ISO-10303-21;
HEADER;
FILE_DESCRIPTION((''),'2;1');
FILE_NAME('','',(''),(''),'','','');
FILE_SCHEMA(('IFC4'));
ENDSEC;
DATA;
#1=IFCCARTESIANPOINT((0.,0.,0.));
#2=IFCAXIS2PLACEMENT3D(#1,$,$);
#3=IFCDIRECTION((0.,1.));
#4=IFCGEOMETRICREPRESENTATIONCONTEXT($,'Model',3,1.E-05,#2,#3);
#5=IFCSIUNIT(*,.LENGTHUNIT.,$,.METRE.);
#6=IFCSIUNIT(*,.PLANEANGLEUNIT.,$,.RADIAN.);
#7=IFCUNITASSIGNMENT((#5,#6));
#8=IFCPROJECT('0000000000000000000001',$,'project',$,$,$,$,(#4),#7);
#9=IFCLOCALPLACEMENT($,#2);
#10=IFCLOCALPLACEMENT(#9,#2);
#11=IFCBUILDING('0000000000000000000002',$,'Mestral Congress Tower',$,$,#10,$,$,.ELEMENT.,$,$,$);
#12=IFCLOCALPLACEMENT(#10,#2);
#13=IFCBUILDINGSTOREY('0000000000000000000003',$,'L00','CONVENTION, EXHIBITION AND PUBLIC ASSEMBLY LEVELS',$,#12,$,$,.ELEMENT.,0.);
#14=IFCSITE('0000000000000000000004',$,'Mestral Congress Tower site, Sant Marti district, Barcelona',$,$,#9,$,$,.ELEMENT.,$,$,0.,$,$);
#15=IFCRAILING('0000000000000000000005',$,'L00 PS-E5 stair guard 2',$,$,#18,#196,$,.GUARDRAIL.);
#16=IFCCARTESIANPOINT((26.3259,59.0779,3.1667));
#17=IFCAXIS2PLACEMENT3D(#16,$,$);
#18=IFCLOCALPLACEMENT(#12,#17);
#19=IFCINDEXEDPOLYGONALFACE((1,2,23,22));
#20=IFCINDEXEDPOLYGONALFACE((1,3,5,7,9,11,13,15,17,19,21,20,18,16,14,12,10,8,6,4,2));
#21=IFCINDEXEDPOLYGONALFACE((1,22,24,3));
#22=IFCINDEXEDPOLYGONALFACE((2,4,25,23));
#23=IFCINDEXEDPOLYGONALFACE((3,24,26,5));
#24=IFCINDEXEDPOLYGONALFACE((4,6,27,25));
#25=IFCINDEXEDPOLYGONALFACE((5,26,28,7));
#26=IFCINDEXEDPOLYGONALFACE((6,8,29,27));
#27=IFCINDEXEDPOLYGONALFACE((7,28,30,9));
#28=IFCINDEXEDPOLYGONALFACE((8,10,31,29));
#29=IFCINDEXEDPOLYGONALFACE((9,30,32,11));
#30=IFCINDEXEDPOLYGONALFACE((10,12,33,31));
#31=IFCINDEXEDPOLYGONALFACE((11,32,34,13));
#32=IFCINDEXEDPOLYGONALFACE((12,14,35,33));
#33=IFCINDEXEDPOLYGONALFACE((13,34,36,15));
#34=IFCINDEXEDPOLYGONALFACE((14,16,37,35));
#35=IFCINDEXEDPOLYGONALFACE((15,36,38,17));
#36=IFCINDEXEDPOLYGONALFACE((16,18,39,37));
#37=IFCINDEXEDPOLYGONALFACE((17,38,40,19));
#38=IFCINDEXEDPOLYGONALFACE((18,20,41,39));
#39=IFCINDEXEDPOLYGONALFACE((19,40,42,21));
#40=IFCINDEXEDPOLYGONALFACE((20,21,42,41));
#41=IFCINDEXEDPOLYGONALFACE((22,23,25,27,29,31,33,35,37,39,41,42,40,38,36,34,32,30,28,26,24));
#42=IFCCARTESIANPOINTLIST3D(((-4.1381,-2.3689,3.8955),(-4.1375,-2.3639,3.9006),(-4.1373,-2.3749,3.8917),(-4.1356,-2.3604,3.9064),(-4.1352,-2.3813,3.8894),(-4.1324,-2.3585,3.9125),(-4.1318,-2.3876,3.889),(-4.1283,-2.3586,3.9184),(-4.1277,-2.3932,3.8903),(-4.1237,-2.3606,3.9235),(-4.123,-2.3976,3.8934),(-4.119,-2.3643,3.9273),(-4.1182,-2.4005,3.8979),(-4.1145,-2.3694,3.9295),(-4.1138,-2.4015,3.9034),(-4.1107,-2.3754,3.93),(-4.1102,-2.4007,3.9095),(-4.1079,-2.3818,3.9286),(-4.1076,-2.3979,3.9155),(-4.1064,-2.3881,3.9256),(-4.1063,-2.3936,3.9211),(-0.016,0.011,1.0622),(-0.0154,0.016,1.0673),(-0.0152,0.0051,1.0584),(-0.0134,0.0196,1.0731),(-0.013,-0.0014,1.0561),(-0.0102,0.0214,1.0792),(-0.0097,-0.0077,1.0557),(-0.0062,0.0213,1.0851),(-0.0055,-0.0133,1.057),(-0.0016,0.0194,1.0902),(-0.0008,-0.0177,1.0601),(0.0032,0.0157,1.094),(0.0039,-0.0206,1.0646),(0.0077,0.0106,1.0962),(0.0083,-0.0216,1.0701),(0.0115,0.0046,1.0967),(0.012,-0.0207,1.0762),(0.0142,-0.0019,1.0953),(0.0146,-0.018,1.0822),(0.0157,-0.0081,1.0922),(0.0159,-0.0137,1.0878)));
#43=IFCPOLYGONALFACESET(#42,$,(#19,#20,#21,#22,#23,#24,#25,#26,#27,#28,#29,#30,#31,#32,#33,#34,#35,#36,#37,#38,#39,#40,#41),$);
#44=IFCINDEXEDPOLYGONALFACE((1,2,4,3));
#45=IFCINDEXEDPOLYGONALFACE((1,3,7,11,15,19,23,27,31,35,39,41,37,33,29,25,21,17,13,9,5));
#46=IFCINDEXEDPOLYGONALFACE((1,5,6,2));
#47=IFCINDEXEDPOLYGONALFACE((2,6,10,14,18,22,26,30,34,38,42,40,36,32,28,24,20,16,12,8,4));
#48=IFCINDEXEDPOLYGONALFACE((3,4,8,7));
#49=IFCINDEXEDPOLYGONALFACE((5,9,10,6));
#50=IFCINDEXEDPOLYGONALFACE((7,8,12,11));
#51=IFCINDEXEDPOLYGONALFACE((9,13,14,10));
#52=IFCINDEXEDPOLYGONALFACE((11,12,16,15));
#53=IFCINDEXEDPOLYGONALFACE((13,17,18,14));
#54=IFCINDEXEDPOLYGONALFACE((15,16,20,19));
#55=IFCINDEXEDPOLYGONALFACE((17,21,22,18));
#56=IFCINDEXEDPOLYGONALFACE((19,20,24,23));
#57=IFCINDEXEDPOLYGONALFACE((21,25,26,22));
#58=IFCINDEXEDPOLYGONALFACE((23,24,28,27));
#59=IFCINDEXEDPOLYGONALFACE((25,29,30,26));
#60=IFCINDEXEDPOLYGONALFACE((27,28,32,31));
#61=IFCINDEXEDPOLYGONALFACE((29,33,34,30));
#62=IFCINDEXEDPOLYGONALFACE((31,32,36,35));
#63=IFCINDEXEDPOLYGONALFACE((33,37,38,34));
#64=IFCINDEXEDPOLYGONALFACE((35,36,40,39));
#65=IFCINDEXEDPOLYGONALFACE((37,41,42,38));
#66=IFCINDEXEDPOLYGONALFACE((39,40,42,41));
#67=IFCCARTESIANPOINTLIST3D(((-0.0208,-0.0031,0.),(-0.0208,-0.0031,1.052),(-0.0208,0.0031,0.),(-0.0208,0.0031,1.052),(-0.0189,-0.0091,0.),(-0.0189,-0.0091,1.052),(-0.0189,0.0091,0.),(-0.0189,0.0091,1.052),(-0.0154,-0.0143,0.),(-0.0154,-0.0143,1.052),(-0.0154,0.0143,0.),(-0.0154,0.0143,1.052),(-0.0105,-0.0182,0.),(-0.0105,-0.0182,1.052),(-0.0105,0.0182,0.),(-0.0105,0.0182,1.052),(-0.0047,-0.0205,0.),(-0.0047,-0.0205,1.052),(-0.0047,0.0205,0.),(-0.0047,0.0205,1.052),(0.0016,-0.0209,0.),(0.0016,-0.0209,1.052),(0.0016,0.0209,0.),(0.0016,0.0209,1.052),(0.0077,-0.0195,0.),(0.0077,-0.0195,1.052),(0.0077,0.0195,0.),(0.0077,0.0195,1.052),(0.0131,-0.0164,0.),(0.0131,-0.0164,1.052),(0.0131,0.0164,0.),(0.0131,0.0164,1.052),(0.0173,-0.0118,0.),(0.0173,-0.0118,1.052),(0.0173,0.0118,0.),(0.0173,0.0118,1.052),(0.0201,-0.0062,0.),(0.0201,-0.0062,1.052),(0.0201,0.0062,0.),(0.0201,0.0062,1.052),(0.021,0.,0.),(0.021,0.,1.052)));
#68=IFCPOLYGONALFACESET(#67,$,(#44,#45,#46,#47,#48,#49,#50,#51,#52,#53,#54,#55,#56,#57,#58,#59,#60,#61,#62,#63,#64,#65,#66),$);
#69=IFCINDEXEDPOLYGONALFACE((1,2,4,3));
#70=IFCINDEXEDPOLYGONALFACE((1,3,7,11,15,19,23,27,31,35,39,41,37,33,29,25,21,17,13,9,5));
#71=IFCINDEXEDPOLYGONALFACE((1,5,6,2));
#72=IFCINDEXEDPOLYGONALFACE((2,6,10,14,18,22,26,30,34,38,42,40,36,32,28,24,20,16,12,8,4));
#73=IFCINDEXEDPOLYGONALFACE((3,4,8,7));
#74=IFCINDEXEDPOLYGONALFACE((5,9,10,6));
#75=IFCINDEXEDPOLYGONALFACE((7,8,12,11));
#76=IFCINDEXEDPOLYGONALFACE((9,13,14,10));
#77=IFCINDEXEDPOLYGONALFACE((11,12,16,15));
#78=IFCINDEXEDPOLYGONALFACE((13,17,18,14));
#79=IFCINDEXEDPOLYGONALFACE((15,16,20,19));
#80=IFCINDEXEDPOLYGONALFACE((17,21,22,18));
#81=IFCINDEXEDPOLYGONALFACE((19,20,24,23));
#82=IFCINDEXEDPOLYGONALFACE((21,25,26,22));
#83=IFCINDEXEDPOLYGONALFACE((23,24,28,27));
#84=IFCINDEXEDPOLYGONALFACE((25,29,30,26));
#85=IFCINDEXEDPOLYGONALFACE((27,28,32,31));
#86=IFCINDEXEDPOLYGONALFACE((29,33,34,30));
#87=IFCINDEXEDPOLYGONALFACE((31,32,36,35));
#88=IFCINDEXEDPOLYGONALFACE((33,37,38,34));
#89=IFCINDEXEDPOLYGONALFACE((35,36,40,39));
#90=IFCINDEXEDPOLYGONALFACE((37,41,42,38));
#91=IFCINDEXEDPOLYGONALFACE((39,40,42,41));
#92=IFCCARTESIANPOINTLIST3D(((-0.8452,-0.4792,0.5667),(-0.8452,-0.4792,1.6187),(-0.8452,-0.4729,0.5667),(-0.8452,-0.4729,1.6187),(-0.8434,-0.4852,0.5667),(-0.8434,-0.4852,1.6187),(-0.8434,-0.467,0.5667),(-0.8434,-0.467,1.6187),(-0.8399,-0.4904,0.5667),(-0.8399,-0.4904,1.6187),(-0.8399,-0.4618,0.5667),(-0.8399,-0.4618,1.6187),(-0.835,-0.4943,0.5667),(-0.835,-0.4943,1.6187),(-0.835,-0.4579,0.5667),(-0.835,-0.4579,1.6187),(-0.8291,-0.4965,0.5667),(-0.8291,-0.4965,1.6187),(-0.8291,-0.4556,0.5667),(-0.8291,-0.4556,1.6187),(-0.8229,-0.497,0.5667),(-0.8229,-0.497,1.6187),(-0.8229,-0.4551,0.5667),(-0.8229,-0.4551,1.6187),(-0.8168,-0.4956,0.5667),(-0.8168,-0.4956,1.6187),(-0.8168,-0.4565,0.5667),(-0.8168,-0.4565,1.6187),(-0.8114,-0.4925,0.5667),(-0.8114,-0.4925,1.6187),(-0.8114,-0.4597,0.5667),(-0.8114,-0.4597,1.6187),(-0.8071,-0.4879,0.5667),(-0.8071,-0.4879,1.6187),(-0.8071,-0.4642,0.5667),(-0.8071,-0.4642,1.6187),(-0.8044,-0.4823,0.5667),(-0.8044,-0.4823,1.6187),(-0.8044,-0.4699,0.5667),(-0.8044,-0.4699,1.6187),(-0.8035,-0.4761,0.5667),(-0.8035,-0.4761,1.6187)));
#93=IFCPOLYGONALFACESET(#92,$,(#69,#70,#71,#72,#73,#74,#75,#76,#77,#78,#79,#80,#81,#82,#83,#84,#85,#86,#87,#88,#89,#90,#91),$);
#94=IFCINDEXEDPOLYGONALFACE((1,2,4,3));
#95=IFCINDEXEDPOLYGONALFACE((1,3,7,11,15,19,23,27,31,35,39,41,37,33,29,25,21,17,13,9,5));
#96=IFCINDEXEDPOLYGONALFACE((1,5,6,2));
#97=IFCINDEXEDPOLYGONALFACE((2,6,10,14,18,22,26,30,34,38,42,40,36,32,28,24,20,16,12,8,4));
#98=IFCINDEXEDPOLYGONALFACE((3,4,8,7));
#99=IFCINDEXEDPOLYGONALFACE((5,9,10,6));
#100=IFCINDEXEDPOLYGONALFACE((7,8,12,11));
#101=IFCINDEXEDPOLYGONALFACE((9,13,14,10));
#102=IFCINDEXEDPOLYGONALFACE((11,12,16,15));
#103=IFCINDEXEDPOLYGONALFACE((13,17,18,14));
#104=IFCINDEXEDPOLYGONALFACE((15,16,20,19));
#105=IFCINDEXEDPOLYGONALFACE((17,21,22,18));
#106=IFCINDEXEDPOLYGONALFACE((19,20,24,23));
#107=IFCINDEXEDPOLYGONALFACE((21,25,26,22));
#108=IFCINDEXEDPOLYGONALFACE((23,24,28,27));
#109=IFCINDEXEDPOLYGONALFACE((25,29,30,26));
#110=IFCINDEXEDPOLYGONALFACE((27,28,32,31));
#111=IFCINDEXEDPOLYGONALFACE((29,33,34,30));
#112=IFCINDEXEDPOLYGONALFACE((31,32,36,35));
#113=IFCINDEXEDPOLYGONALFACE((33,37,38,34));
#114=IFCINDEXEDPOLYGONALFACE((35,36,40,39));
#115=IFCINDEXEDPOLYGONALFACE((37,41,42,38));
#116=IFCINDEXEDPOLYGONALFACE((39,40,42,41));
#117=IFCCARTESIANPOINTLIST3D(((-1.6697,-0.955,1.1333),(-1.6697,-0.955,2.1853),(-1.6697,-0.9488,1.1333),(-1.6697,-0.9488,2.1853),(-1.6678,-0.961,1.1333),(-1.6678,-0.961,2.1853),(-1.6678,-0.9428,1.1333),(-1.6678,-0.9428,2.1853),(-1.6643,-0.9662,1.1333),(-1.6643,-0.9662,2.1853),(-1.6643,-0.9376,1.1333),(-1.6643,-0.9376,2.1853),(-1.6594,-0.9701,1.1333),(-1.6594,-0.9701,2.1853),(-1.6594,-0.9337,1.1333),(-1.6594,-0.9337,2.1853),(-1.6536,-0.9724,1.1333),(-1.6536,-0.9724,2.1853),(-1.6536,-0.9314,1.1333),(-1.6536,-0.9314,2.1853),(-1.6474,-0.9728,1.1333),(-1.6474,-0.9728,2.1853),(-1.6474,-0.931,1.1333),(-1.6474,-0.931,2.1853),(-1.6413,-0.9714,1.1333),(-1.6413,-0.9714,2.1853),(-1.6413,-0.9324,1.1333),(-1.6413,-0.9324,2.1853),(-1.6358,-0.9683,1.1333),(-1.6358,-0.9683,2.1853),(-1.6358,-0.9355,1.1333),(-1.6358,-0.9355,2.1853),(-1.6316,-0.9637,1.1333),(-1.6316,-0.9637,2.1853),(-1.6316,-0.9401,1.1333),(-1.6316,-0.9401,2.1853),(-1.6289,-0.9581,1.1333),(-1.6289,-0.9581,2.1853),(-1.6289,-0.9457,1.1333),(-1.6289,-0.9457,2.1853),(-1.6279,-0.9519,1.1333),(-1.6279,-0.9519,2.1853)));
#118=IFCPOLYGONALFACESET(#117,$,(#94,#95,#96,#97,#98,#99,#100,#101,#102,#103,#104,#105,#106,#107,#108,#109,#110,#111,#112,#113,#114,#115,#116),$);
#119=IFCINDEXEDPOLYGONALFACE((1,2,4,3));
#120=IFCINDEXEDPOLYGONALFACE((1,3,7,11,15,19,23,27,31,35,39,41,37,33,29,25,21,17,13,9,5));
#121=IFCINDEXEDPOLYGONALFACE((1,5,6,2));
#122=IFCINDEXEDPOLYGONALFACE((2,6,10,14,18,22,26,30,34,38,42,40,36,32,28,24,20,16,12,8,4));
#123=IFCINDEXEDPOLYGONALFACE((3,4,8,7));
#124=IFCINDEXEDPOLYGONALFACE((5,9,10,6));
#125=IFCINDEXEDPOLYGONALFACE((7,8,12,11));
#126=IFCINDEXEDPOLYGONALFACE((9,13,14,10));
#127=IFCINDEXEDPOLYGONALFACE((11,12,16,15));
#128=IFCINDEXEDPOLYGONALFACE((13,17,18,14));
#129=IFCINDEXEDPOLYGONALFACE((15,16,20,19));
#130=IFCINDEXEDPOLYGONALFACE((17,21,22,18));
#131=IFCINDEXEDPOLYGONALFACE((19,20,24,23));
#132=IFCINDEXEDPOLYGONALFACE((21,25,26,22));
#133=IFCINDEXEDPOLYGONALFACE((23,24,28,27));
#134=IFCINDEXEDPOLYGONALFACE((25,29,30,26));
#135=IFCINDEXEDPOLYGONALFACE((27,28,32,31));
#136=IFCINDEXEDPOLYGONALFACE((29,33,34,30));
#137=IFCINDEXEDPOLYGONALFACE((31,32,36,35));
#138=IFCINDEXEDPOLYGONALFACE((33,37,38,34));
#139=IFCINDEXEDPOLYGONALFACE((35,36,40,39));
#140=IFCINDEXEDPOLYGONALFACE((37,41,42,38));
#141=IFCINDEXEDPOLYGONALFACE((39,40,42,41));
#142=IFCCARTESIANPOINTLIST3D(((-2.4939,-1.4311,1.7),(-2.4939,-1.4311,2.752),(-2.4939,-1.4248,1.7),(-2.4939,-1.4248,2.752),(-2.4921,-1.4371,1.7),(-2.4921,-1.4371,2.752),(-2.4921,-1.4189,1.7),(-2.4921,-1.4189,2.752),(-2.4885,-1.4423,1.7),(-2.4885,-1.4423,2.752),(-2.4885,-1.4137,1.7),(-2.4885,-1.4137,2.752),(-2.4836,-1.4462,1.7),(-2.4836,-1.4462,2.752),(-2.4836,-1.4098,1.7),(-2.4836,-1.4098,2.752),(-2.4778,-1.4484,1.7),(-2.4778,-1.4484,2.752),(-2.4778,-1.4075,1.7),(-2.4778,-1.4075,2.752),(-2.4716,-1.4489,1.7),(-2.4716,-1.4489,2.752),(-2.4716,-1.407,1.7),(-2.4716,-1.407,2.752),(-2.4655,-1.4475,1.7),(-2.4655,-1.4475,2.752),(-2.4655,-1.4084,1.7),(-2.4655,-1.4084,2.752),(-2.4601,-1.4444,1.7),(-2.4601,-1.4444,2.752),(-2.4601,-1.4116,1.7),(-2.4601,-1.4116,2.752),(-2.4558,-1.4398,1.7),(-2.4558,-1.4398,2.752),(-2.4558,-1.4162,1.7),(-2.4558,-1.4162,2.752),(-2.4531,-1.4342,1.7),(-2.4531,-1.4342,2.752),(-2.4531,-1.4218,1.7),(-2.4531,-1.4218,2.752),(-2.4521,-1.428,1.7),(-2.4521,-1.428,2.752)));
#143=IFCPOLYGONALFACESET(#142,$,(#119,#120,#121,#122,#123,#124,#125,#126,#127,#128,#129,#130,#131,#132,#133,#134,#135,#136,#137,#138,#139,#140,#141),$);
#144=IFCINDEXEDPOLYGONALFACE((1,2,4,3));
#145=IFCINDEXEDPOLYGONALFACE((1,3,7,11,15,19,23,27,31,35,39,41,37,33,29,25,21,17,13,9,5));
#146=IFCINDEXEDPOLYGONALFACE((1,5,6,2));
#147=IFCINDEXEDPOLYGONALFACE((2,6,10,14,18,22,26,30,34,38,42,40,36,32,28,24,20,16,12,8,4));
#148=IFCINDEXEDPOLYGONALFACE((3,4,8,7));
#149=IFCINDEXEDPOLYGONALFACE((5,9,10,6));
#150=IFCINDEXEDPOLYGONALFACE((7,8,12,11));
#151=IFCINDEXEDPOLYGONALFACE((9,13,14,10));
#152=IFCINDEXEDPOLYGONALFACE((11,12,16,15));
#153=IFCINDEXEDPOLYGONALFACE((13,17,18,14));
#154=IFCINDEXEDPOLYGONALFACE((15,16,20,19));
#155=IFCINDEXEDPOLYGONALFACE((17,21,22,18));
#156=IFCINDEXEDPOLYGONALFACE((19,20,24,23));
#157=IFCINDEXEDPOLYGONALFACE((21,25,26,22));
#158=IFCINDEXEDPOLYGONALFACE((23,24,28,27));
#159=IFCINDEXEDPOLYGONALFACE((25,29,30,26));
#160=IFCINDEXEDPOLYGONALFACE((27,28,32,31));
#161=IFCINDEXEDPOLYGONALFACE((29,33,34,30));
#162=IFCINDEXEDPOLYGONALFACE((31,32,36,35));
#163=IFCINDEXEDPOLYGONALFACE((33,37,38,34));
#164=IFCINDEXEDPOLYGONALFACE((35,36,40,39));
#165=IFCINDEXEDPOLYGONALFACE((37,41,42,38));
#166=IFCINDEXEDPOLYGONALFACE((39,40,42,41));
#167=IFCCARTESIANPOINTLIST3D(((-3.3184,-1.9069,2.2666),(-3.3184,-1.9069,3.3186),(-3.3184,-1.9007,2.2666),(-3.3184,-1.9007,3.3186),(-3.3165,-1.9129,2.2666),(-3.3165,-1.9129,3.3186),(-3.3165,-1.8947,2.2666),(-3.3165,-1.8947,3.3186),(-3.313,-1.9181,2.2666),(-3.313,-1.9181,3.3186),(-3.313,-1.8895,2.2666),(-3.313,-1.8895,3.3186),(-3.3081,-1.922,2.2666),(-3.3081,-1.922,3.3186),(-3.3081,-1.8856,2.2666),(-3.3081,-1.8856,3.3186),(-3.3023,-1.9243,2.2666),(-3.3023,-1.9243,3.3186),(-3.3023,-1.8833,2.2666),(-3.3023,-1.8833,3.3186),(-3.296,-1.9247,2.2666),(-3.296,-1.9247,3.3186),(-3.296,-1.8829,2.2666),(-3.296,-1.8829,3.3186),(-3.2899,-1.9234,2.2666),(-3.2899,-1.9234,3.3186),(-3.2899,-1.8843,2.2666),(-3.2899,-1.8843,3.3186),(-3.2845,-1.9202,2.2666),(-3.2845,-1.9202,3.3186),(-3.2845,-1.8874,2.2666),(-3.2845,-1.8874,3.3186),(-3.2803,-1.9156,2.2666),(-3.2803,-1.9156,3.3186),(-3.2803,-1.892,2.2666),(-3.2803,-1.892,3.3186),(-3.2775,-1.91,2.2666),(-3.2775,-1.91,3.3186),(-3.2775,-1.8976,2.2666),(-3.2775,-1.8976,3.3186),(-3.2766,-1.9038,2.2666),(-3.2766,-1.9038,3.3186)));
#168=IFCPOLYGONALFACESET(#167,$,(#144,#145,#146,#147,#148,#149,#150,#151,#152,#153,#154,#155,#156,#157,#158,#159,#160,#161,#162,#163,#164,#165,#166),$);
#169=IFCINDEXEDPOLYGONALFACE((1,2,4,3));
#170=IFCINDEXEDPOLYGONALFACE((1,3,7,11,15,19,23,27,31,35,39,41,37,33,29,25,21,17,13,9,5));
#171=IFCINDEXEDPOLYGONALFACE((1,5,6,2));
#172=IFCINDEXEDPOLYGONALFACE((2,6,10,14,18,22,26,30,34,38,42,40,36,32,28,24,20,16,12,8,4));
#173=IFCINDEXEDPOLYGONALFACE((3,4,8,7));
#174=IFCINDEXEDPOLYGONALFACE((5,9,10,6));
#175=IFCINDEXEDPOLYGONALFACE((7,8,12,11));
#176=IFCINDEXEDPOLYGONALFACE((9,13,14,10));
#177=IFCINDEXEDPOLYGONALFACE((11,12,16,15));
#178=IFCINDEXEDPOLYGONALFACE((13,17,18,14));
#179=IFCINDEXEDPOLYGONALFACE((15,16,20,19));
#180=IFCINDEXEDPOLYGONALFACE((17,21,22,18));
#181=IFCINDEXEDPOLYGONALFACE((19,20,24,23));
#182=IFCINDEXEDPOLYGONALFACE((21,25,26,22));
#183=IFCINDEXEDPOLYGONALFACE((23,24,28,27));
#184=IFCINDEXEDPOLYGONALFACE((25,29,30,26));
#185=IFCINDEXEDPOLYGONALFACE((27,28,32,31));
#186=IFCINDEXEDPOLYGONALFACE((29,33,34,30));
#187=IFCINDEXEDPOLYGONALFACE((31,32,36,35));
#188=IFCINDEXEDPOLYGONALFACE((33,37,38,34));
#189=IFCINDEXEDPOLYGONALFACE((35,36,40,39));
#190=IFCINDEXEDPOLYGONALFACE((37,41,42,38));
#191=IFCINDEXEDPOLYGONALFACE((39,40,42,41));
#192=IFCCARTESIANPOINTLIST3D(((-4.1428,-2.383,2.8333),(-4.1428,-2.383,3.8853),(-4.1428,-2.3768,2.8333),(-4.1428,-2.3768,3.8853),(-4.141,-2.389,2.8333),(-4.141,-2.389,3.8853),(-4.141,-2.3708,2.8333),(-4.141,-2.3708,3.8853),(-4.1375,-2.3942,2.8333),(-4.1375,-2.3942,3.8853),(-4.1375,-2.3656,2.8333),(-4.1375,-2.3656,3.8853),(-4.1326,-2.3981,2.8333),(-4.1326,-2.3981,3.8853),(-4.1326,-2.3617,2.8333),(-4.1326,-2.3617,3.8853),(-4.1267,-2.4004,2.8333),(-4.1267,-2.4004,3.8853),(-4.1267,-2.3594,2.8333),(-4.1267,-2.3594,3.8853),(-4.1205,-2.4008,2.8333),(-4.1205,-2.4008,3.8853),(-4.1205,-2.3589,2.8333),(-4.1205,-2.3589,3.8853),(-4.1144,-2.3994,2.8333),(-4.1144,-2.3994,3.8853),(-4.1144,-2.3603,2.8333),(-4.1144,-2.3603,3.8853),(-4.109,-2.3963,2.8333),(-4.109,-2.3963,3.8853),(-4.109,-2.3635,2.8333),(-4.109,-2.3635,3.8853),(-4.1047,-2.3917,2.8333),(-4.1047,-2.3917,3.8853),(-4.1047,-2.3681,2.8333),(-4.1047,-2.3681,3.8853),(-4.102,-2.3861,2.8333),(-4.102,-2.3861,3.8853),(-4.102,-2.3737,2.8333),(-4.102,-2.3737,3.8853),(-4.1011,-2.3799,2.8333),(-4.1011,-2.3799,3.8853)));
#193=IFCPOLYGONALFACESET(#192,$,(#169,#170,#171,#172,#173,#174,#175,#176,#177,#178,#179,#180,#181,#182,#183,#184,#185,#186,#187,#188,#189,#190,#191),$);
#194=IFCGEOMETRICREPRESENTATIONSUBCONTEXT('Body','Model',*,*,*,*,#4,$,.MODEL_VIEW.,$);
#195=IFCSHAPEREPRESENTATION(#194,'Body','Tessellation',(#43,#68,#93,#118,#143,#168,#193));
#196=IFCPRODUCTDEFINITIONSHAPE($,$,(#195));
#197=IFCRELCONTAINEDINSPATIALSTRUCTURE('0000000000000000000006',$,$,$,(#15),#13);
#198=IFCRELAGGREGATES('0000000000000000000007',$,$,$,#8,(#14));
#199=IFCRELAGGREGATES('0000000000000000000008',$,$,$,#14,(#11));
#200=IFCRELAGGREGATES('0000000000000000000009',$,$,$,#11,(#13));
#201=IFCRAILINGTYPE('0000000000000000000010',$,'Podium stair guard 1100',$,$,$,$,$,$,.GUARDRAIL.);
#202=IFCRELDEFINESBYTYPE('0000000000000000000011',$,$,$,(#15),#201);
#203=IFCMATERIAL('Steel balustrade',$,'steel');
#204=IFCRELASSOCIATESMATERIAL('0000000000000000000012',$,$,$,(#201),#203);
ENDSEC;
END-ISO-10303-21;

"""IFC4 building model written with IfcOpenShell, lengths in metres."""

from ifc_helpers import new_model, si_unit, direction, frame, origin, origin_2d, place, context, subcontext, project, spatial, circle, extrude, material, type_object, element, save


model = new_model("IFC4")

# Units and contexts
model_context = context("Model", 3, precision=1e-05, world=origin(), true_north=direction((0.0, 1.0)))
body_context = subcontext(model_context, "Body", "Model", "MODEL_VIEW")
ifc_project = project(units=[si_unit("LENGTHUNIT", "METRE"), si_unit("PLANEANGLEUNIT", "RADIAN")], contexts=[model_context])

# Site, building, storey
site_placement = place(None, origin())
site = spatial("IfcSite", under=ifc_project, at=site_placement, Name="Mestral Congress Tower site, Sant Marti district, Barcelona", CompositionType="ELEMENT", RefElevation=0.0)
building_placement = place(site_placement, origin())
building = spatial("IfcBuilding", under=site, at=building_placement, Name="Mestral Congress Tower", CompositionType="ELEMENT")
storey_placement = place(building_placement, origin())
storey = spatial("IfcBuildingStorey", under=building, at=storey_placement, Name="L00", Description="CONVENTION, EXHIBITION AND PUBLIC ASSEMBLY LEVELS", CompositionType="ELEMENT", Elevation=0.0)

# Railing
ifc_material_1 = material(Name="Steel balustrade", Category="steel")
railing_type_1 = type_object("IfcRailingType", Name="Podium stair guard 1100", PredefinedType="GUARDRAIL", material=ifc_material_1)
railing_1_placement = place(storey_placement, frame((26.3259, 59.0779, 3.1667)))
element("IfcRailing", 1, at=railing_1_placement, inside=storey, type_object=railing_type_1, Name="L00 PS-E5 stair guard 2", PredefinedType="GUARDRAIL", context=body_context, shape_type="SweptSolid", body=[
    extrude(circle(Radius=0.0239, at=origin_2d()), frame((0.0, 0.0, 1.0762), z_axis=(-0.744165, -0.429645, 0.511492), x_axis=(0.500001, -0.866025, 0.0)), (0.0, 0.0, 1.0), 5.5393),
    extrude(circle(Radius=0.021, at=origin_2d()), origin(), (0.0, 0.0, 1.0), 1.052),
    extrude(circle(Radius=0.021, at=origin_2d()), frame((-0.8245, -0.4761, 0.5667)), (0.0, 0.0, 1.0), 1.052),
    extrude(circle(Radius=0.021, at=origin_2d()), frame((-1.6489, -0.9519, 1.1333)), (0.0, 0.0, 1.0), 1.052),
    extrude(circle(Radius=0.021, at=origin_2d()), frame((-2.4731, -1.428, 1.7)), (0.0, 0.0, 1.0), 1.052),
    extrude(circle(Radius=0.021, at=origin_2d()), frame((-3.2976, -1.9038, 2.2666)), (0.0, 0.0, 1.0), 1.052),
    extrude(circle(Radius=0.021, at=origin_2d()), frame((-4.1221, -2.3799, 2.8333)), (0.0, 0.0, 1.0), 1.052),
])

save(model, "model.ifc")
